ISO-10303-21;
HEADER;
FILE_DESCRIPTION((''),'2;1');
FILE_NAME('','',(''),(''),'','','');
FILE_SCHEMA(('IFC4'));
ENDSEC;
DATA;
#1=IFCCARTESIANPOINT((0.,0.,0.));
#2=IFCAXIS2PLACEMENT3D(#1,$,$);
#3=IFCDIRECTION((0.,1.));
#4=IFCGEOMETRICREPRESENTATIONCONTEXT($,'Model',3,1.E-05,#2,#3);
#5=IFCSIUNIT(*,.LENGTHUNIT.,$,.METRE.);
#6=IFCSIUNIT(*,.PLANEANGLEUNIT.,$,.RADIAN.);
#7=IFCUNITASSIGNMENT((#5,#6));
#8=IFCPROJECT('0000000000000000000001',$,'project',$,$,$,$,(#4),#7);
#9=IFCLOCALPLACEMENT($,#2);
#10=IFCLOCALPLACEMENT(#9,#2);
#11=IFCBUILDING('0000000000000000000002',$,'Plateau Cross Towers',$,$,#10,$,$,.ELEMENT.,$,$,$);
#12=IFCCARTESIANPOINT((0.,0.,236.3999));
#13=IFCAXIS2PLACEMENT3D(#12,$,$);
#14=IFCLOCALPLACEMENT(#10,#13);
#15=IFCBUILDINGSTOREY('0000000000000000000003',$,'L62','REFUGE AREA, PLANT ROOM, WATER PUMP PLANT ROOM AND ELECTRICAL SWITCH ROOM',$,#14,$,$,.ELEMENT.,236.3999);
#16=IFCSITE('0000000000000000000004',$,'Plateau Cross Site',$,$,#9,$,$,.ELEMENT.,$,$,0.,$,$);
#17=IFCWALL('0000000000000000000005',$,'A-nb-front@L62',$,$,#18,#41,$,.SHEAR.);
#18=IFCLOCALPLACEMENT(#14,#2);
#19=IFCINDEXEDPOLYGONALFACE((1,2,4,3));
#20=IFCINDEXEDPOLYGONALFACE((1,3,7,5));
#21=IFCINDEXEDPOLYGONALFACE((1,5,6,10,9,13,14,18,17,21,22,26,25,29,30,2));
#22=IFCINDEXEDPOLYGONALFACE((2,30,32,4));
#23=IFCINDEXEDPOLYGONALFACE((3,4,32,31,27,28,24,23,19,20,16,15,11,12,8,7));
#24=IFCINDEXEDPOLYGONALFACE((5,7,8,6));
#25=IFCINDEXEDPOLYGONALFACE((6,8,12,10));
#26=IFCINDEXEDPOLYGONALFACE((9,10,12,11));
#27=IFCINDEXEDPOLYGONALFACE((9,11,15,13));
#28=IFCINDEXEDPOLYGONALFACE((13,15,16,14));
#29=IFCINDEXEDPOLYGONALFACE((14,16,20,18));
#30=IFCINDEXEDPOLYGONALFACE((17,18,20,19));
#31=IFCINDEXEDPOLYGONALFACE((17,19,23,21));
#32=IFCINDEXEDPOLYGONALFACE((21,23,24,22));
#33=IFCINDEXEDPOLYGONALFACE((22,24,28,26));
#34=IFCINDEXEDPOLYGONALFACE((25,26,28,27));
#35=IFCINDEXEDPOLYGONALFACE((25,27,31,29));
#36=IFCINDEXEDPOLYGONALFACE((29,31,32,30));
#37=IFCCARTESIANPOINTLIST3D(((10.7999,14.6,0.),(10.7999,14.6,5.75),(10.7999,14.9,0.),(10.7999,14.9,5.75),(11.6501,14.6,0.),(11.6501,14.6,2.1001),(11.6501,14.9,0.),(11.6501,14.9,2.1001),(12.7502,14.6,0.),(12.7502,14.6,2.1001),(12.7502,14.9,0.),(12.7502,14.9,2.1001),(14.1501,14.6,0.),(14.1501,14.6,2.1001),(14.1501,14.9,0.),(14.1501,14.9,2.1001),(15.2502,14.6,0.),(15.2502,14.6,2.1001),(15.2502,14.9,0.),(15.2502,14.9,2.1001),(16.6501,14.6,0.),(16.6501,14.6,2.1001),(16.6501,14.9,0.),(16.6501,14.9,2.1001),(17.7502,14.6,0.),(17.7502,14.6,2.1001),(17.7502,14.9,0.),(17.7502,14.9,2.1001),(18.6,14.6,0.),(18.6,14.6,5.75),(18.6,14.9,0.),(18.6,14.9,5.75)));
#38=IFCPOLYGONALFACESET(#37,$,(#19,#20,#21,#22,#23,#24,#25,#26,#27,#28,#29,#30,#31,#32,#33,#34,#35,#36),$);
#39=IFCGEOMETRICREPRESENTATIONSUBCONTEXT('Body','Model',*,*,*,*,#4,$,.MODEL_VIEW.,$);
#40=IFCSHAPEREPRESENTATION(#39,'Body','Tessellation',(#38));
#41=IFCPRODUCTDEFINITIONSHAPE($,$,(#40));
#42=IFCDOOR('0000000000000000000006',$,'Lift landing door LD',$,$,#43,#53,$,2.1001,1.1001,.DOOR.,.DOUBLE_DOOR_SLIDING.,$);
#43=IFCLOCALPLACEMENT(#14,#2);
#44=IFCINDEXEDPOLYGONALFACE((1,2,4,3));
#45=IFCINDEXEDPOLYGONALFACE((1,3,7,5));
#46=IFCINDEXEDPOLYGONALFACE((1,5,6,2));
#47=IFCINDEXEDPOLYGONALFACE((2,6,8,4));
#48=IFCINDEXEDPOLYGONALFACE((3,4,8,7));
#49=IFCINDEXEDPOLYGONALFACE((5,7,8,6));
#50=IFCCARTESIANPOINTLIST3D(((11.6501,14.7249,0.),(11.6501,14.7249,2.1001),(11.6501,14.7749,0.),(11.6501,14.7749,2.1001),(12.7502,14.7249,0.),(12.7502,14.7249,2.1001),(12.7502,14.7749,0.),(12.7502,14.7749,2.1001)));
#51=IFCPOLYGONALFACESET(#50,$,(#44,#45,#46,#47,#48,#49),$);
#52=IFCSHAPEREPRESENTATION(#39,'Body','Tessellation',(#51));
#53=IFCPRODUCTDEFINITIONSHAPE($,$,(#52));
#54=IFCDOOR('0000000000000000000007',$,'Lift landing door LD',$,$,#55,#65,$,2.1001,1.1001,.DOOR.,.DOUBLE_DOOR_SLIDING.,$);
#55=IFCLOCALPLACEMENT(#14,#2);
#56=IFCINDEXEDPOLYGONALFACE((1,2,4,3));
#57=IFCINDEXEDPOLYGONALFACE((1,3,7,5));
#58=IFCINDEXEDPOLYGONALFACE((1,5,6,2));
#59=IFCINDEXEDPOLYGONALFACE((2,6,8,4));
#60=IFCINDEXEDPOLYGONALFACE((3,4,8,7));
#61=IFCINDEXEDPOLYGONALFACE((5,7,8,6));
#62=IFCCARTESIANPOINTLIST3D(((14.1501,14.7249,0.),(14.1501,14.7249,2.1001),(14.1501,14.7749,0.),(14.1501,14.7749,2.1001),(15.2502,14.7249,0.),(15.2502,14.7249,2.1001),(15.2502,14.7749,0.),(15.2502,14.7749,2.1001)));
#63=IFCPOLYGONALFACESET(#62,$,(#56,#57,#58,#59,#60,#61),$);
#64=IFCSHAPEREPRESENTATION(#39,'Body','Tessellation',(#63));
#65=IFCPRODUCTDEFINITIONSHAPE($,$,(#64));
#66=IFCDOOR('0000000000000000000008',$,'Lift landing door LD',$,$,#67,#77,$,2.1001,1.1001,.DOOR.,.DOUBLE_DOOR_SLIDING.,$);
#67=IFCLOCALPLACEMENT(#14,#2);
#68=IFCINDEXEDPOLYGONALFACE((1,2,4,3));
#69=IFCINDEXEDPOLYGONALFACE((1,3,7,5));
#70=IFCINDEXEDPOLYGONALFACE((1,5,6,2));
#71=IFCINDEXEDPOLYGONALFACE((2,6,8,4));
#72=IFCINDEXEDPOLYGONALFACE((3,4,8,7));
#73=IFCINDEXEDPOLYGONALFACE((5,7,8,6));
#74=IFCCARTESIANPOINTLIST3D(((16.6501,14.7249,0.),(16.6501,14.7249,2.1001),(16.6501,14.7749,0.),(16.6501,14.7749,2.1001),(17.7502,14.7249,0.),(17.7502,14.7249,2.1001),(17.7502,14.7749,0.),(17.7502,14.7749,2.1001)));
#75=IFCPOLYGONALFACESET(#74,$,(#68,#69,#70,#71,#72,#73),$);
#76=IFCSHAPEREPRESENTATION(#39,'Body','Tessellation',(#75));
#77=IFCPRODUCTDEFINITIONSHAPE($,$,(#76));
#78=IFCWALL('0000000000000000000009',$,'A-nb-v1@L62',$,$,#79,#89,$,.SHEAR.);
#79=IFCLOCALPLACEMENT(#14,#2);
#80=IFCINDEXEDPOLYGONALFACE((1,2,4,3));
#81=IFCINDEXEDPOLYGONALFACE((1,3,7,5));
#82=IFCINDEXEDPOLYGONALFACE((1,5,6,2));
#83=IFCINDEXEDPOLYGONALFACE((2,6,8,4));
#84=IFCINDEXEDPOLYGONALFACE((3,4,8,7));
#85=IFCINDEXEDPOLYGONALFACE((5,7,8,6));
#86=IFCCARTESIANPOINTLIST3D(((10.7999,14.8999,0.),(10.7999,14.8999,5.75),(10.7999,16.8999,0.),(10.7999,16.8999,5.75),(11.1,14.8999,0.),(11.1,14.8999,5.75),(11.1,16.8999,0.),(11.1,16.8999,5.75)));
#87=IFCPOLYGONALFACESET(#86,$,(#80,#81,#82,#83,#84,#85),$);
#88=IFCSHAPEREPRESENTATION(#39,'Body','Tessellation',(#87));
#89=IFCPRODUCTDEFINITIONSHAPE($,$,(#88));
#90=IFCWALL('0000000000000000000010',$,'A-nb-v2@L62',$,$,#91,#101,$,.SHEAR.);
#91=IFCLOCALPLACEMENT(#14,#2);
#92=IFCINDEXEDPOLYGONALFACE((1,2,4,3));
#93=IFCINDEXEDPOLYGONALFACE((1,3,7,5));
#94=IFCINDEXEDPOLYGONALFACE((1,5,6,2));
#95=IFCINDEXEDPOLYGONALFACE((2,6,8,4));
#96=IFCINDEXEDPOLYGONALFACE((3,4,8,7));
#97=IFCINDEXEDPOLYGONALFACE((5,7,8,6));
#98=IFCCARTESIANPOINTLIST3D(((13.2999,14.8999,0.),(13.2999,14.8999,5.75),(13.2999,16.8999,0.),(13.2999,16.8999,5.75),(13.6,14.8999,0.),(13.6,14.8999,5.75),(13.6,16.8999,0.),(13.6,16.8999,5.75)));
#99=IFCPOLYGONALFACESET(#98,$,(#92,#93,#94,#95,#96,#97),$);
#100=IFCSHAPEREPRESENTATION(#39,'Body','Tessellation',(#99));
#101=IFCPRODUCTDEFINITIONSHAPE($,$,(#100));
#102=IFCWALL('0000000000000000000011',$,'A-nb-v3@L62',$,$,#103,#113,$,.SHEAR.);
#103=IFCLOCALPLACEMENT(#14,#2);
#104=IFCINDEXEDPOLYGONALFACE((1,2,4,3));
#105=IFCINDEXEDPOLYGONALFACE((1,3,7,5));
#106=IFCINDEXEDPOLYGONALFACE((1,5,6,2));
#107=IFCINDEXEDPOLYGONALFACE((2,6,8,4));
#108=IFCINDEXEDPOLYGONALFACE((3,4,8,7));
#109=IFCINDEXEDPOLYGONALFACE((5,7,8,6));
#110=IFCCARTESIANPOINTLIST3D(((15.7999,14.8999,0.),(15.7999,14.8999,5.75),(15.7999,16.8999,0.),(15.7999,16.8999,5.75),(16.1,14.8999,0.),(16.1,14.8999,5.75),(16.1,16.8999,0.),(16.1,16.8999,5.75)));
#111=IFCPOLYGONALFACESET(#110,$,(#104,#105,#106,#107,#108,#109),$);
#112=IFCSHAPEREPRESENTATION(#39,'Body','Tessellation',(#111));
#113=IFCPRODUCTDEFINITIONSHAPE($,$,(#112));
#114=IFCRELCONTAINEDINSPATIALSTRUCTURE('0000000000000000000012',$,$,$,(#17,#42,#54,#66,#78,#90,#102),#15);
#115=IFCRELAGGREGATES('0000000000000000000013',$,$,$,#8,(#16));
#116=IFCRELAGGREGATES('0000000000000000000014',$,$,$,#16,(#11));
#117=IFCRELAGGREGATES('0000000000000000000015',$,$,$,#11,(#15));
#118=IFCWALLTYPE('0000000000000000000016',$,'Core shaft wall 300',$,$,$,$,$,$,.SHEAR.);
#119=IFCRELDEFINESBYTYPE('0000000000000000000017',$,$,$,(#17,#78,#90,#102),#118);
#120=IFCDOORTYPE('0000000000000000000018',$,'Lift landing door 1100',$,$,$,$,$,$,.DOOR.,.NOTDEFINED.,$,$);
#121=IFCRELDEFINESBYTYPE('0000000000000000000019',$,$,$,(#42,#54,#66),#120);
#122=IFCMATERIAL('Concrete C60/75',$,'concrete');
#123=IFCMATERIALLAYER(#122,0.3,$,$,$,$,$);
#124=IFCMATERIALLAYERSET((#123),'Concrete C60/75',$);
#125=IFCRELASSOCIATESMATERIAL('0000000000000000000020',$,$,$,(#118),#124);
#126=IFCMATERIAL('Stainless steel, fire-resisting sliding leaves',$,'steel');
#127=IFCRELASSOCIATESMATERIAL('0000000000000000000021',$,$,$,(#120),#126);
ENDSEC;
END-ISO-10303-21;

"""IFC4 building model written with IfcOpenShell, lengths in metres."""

from ifc_helpers import new_model, si_unit, direction, frame, frame_2d, origin, place, context, subcontext, project, spatial, rectangle, extrude, material, layer, layer_set, type_object, element, fill, save


model = new_model("IFC4")

# Units and contexts
model_context = context("Model", 3, precision=1e-05, world=origin(), true_north=direction((0.0, 1.0)))
body_context = subcontext(model_context, "Body", "Model", "MODEL_VIEW")
ifc_project = project(units=[si_unit("LENGTHUNIT", "METRE"), si_unit("PLANEANGLEUNIT", "RADIAN")], contexts=[model_context])

# Site, building, storey
site_placement = place(None, origin())
site = spatial("IfcSite", under=ifc_project, at=site_placement, Name="Plateau Cross Site", CompositionType="ELEMENT", RefElevation=0.0)
building_placement = place(site_placement, origin())
building = spatial("IfcBuilding", under=site, at=building_placement, Name="Plateau Cross Towers", CompositionType="ELEMENT")
storey_placement = place(building_placement, frame((0.0, 0.0, 236.3999)))
storey = spatial("IfcBuildingStorey", under=building, at=storey_placement, Name="L62", Description="REFUGE AREA, PLANT ROOM, WATER PUMP PLANT ROOM AND ELECTRICAL SWITCH ROOM", CompositionType="ELEMENT", Elevation=236.3999)

# Shared definitions
ifc_material_1 = material(Name="Concrete C60/75", Category="concrete")
ifc_layer_1 = layer(ifc_material_1, 0.3)
ifc_layer_set_1 = layer_set([ifc_layer_1], Name="Concrete C60/75")
wall_type_1 = type_object("IfcWallType", Name="Core shaft wall 300", PredefinedType="SHEAR", material=ifc_layer_set_1)

# Wall, openings, doors
wall_1_placement = place(storey_placement, frame((10.8, 14.75, 0.0), z_axis=(0.0, 0.0, 1.0), x_axis=(1.0, 0.0, 0.0)))
wall_1 = element("IfcWall", 1, at=wall_1_placement, inside=storey, type_object=wall_type_1, Name="A-nb-front@L62", PredefinedType="SHEAR", context=body_context, shape_type="SweptSolid", body=[
    extrude(rectangle(XDim=7.8, YDim=0.3, at=frame_2d((3.8999, 0.0))), origin(), (0.0, 0.0, 1.0), 5.75),
])
opening_1_placement = place(wall_1_placement, frame((0.8501, 0.0, 0.0)))
opening_1 = element("IfcOpeningElement", 2, at=opening_1_placement, cuts=wall_1, PredefinedType="OPENING", context=body_context, shape_type="SweptSolid", body=[
    extrude(rectangle(XDim=1.1001, YDim=2.1001, at=frame_2d((0.55, 1.05))), frame((0.0, 0.1599, 0.0), z_axis=(0.0, -1.0, 0.0), x_axis=(1.0, 0.0, 0.0)), (0.0, 0.0, 1.0), 0.3201),
])
opening_2_placement = place(wall_1_placement, frame((3.3501, 0.0, 0.0)))
opening_2 = element("IfcOpeningElement", 3, at=opening_2_placement, cuts=wall_1, PredefinedType="OPENING", context=body_context, shape_type="SweptSolid", body=[
    extrude(rectangle(XDim=1.1001, YDim=2.1001, at=frame_2d((0.55, 1.05))), frame((0.0, 0.1599, 0.0), z_axis=(0.0, -1.0, 0.0), x_axis=(1.0, 0.0, 0.0)), (0.0, 0.0, 1.0), 0.3201),
])
opening_3_placement = place(wall_1_placement, frame((5.8501, 0.0, 0.0)))
opening_3 = element("IfcOpeningElement", 4, at=opening_3_placement, cuts=wall_1, PredefinedType="OPENING", context=body_context, shape_type="SweptSolid", body=[
    extrude(rectangle(XDim=1.1001, YDim=2.1001, at=frame_2d((0.55, 1.05))), frame((0.0, 0.1599, 0.0), z_axis=(0.0, -1.0, 0.0), x_axis=(1.0, 0.0, 0.0)), (0.0, 0.0, 1.0), 0.3201),
])
ifc_material_2 = material(Name="Stainless steel, fire-resisting sliding leaves", Category="steel")
door_type_1 = type_object("IfcDoorType", Name="Lift landing door 1100", OperationType="NOTDEFINED", PredefinedType="DOOR", material=ifc_material_2)
door_1_placement = place(opening_1_placement, origin())
door_1 = element("IfcDoor", 5, at=door_1_placement, inside=storey, type_object=door_type_1, Name="Lift landing door LD", OperationType="DOUBLE_DOOR_SLIDING", OverallHeight=2.1001, OverallWidth=1.1001, PredefinedType="DOOR", context=body_context, shape_type="SweptSolid", body=[
    extrude(rectangle(XDim=1.1001, YDim=2.1001, at=frame_2d((0.55, 1.05))), frame((0.0, 0.0249, 0.0), z_axis=(0.0, -1.0, 0.0), x_axis=(1.0, 0.0, 0.0)), (0.0, 0.0, 1.0), 0.05),
])
fill(opening_1, door_1)
door_2_placement = place(opening_2_placement, origin())
door_2 = element("IfcDoor", 6, at=door_2_placement, inside=storey, type_object=door_type_1, Name="Lift landing door LD", OperationType="DOUBLE_DOOR_SLIDING", OverallHeight=2.1001, OverallWidth=1.1001, PredefinedType="DOOR", context=body_context, shape_type="SweptSolid", body=[
    extrude(rectangle(XDim=1.1001, YDim=2.1001, at=frame_2d((0.55, 1.05))), frame((0.0, 0.0249, 0.0), z_axis=(0.0, -1.0, 0.0), x_axis=(1.0, 0.0, 0.0)), (0.0, 0.0, 1.0), 0.05),
])
fill(opening_2, door_2)
door_3_placement = place(opening_3_placement, origin())
door_3 = element("IfcDoor", 7, at=door_3_placement, inside=storey, type_object=door_type_1, Name="Lift landing door LD", OperationType="DOUBLE_DOOR_SLIDING", OverallHeight=2.1001, OverallWidth=1.1001, PredefinedType="DOOR", context=body_context, shape_type="SweptSolid", body=[
    extrude(rectangle(XDim=1.1001, YDim=2.1001, at=frame_2d((0.55, 1.05))), frame((0.0, 0.0249, 0.0), z_axis=(0.0, -1.0, 0.0), x_axis=(1.0, 0.0, 0.0)), (0.0, 0.0, 1.0), 0.05),
])
fill(opening_3, door_3)

# Walls
for number, where, z_axis, x_axis, name in (
    (8, (10.95, 14.8999, 0.0), (0.0, 0.0, 1.0), (0.0, 1.0, 0.0), "A-nb-v1@L62"),
    (9, (13.45, 14.8999, 0.0), (0.0, 0.0, 1.0), (0.0, 1.0, 0.0), "A-nb-v2@L62"),
    (10, (15.95, 14.8999, 0.0), (0.0, 0.0, 1.0), (0.0, 1.0, 0.0), "A-nb-v3@L62"),
):
    element("IfcWall", number, at=place(storey_placement, frame(where, z_axis=z_axis, x_axis=x_axis)), inside=storey, type_object=wall_type_1, Name=name, PredefinedType="SHEAR", context=body_context, shape_type="SweptSolid", body=[
        extrude(rectangle(XDim=2.0, YDim=0.3, at=frame_2d((1.0, 0.0))), origin(), (0.0, 0.0, 1.0), 5.75),
    ])

save(model, "model.ifc")
